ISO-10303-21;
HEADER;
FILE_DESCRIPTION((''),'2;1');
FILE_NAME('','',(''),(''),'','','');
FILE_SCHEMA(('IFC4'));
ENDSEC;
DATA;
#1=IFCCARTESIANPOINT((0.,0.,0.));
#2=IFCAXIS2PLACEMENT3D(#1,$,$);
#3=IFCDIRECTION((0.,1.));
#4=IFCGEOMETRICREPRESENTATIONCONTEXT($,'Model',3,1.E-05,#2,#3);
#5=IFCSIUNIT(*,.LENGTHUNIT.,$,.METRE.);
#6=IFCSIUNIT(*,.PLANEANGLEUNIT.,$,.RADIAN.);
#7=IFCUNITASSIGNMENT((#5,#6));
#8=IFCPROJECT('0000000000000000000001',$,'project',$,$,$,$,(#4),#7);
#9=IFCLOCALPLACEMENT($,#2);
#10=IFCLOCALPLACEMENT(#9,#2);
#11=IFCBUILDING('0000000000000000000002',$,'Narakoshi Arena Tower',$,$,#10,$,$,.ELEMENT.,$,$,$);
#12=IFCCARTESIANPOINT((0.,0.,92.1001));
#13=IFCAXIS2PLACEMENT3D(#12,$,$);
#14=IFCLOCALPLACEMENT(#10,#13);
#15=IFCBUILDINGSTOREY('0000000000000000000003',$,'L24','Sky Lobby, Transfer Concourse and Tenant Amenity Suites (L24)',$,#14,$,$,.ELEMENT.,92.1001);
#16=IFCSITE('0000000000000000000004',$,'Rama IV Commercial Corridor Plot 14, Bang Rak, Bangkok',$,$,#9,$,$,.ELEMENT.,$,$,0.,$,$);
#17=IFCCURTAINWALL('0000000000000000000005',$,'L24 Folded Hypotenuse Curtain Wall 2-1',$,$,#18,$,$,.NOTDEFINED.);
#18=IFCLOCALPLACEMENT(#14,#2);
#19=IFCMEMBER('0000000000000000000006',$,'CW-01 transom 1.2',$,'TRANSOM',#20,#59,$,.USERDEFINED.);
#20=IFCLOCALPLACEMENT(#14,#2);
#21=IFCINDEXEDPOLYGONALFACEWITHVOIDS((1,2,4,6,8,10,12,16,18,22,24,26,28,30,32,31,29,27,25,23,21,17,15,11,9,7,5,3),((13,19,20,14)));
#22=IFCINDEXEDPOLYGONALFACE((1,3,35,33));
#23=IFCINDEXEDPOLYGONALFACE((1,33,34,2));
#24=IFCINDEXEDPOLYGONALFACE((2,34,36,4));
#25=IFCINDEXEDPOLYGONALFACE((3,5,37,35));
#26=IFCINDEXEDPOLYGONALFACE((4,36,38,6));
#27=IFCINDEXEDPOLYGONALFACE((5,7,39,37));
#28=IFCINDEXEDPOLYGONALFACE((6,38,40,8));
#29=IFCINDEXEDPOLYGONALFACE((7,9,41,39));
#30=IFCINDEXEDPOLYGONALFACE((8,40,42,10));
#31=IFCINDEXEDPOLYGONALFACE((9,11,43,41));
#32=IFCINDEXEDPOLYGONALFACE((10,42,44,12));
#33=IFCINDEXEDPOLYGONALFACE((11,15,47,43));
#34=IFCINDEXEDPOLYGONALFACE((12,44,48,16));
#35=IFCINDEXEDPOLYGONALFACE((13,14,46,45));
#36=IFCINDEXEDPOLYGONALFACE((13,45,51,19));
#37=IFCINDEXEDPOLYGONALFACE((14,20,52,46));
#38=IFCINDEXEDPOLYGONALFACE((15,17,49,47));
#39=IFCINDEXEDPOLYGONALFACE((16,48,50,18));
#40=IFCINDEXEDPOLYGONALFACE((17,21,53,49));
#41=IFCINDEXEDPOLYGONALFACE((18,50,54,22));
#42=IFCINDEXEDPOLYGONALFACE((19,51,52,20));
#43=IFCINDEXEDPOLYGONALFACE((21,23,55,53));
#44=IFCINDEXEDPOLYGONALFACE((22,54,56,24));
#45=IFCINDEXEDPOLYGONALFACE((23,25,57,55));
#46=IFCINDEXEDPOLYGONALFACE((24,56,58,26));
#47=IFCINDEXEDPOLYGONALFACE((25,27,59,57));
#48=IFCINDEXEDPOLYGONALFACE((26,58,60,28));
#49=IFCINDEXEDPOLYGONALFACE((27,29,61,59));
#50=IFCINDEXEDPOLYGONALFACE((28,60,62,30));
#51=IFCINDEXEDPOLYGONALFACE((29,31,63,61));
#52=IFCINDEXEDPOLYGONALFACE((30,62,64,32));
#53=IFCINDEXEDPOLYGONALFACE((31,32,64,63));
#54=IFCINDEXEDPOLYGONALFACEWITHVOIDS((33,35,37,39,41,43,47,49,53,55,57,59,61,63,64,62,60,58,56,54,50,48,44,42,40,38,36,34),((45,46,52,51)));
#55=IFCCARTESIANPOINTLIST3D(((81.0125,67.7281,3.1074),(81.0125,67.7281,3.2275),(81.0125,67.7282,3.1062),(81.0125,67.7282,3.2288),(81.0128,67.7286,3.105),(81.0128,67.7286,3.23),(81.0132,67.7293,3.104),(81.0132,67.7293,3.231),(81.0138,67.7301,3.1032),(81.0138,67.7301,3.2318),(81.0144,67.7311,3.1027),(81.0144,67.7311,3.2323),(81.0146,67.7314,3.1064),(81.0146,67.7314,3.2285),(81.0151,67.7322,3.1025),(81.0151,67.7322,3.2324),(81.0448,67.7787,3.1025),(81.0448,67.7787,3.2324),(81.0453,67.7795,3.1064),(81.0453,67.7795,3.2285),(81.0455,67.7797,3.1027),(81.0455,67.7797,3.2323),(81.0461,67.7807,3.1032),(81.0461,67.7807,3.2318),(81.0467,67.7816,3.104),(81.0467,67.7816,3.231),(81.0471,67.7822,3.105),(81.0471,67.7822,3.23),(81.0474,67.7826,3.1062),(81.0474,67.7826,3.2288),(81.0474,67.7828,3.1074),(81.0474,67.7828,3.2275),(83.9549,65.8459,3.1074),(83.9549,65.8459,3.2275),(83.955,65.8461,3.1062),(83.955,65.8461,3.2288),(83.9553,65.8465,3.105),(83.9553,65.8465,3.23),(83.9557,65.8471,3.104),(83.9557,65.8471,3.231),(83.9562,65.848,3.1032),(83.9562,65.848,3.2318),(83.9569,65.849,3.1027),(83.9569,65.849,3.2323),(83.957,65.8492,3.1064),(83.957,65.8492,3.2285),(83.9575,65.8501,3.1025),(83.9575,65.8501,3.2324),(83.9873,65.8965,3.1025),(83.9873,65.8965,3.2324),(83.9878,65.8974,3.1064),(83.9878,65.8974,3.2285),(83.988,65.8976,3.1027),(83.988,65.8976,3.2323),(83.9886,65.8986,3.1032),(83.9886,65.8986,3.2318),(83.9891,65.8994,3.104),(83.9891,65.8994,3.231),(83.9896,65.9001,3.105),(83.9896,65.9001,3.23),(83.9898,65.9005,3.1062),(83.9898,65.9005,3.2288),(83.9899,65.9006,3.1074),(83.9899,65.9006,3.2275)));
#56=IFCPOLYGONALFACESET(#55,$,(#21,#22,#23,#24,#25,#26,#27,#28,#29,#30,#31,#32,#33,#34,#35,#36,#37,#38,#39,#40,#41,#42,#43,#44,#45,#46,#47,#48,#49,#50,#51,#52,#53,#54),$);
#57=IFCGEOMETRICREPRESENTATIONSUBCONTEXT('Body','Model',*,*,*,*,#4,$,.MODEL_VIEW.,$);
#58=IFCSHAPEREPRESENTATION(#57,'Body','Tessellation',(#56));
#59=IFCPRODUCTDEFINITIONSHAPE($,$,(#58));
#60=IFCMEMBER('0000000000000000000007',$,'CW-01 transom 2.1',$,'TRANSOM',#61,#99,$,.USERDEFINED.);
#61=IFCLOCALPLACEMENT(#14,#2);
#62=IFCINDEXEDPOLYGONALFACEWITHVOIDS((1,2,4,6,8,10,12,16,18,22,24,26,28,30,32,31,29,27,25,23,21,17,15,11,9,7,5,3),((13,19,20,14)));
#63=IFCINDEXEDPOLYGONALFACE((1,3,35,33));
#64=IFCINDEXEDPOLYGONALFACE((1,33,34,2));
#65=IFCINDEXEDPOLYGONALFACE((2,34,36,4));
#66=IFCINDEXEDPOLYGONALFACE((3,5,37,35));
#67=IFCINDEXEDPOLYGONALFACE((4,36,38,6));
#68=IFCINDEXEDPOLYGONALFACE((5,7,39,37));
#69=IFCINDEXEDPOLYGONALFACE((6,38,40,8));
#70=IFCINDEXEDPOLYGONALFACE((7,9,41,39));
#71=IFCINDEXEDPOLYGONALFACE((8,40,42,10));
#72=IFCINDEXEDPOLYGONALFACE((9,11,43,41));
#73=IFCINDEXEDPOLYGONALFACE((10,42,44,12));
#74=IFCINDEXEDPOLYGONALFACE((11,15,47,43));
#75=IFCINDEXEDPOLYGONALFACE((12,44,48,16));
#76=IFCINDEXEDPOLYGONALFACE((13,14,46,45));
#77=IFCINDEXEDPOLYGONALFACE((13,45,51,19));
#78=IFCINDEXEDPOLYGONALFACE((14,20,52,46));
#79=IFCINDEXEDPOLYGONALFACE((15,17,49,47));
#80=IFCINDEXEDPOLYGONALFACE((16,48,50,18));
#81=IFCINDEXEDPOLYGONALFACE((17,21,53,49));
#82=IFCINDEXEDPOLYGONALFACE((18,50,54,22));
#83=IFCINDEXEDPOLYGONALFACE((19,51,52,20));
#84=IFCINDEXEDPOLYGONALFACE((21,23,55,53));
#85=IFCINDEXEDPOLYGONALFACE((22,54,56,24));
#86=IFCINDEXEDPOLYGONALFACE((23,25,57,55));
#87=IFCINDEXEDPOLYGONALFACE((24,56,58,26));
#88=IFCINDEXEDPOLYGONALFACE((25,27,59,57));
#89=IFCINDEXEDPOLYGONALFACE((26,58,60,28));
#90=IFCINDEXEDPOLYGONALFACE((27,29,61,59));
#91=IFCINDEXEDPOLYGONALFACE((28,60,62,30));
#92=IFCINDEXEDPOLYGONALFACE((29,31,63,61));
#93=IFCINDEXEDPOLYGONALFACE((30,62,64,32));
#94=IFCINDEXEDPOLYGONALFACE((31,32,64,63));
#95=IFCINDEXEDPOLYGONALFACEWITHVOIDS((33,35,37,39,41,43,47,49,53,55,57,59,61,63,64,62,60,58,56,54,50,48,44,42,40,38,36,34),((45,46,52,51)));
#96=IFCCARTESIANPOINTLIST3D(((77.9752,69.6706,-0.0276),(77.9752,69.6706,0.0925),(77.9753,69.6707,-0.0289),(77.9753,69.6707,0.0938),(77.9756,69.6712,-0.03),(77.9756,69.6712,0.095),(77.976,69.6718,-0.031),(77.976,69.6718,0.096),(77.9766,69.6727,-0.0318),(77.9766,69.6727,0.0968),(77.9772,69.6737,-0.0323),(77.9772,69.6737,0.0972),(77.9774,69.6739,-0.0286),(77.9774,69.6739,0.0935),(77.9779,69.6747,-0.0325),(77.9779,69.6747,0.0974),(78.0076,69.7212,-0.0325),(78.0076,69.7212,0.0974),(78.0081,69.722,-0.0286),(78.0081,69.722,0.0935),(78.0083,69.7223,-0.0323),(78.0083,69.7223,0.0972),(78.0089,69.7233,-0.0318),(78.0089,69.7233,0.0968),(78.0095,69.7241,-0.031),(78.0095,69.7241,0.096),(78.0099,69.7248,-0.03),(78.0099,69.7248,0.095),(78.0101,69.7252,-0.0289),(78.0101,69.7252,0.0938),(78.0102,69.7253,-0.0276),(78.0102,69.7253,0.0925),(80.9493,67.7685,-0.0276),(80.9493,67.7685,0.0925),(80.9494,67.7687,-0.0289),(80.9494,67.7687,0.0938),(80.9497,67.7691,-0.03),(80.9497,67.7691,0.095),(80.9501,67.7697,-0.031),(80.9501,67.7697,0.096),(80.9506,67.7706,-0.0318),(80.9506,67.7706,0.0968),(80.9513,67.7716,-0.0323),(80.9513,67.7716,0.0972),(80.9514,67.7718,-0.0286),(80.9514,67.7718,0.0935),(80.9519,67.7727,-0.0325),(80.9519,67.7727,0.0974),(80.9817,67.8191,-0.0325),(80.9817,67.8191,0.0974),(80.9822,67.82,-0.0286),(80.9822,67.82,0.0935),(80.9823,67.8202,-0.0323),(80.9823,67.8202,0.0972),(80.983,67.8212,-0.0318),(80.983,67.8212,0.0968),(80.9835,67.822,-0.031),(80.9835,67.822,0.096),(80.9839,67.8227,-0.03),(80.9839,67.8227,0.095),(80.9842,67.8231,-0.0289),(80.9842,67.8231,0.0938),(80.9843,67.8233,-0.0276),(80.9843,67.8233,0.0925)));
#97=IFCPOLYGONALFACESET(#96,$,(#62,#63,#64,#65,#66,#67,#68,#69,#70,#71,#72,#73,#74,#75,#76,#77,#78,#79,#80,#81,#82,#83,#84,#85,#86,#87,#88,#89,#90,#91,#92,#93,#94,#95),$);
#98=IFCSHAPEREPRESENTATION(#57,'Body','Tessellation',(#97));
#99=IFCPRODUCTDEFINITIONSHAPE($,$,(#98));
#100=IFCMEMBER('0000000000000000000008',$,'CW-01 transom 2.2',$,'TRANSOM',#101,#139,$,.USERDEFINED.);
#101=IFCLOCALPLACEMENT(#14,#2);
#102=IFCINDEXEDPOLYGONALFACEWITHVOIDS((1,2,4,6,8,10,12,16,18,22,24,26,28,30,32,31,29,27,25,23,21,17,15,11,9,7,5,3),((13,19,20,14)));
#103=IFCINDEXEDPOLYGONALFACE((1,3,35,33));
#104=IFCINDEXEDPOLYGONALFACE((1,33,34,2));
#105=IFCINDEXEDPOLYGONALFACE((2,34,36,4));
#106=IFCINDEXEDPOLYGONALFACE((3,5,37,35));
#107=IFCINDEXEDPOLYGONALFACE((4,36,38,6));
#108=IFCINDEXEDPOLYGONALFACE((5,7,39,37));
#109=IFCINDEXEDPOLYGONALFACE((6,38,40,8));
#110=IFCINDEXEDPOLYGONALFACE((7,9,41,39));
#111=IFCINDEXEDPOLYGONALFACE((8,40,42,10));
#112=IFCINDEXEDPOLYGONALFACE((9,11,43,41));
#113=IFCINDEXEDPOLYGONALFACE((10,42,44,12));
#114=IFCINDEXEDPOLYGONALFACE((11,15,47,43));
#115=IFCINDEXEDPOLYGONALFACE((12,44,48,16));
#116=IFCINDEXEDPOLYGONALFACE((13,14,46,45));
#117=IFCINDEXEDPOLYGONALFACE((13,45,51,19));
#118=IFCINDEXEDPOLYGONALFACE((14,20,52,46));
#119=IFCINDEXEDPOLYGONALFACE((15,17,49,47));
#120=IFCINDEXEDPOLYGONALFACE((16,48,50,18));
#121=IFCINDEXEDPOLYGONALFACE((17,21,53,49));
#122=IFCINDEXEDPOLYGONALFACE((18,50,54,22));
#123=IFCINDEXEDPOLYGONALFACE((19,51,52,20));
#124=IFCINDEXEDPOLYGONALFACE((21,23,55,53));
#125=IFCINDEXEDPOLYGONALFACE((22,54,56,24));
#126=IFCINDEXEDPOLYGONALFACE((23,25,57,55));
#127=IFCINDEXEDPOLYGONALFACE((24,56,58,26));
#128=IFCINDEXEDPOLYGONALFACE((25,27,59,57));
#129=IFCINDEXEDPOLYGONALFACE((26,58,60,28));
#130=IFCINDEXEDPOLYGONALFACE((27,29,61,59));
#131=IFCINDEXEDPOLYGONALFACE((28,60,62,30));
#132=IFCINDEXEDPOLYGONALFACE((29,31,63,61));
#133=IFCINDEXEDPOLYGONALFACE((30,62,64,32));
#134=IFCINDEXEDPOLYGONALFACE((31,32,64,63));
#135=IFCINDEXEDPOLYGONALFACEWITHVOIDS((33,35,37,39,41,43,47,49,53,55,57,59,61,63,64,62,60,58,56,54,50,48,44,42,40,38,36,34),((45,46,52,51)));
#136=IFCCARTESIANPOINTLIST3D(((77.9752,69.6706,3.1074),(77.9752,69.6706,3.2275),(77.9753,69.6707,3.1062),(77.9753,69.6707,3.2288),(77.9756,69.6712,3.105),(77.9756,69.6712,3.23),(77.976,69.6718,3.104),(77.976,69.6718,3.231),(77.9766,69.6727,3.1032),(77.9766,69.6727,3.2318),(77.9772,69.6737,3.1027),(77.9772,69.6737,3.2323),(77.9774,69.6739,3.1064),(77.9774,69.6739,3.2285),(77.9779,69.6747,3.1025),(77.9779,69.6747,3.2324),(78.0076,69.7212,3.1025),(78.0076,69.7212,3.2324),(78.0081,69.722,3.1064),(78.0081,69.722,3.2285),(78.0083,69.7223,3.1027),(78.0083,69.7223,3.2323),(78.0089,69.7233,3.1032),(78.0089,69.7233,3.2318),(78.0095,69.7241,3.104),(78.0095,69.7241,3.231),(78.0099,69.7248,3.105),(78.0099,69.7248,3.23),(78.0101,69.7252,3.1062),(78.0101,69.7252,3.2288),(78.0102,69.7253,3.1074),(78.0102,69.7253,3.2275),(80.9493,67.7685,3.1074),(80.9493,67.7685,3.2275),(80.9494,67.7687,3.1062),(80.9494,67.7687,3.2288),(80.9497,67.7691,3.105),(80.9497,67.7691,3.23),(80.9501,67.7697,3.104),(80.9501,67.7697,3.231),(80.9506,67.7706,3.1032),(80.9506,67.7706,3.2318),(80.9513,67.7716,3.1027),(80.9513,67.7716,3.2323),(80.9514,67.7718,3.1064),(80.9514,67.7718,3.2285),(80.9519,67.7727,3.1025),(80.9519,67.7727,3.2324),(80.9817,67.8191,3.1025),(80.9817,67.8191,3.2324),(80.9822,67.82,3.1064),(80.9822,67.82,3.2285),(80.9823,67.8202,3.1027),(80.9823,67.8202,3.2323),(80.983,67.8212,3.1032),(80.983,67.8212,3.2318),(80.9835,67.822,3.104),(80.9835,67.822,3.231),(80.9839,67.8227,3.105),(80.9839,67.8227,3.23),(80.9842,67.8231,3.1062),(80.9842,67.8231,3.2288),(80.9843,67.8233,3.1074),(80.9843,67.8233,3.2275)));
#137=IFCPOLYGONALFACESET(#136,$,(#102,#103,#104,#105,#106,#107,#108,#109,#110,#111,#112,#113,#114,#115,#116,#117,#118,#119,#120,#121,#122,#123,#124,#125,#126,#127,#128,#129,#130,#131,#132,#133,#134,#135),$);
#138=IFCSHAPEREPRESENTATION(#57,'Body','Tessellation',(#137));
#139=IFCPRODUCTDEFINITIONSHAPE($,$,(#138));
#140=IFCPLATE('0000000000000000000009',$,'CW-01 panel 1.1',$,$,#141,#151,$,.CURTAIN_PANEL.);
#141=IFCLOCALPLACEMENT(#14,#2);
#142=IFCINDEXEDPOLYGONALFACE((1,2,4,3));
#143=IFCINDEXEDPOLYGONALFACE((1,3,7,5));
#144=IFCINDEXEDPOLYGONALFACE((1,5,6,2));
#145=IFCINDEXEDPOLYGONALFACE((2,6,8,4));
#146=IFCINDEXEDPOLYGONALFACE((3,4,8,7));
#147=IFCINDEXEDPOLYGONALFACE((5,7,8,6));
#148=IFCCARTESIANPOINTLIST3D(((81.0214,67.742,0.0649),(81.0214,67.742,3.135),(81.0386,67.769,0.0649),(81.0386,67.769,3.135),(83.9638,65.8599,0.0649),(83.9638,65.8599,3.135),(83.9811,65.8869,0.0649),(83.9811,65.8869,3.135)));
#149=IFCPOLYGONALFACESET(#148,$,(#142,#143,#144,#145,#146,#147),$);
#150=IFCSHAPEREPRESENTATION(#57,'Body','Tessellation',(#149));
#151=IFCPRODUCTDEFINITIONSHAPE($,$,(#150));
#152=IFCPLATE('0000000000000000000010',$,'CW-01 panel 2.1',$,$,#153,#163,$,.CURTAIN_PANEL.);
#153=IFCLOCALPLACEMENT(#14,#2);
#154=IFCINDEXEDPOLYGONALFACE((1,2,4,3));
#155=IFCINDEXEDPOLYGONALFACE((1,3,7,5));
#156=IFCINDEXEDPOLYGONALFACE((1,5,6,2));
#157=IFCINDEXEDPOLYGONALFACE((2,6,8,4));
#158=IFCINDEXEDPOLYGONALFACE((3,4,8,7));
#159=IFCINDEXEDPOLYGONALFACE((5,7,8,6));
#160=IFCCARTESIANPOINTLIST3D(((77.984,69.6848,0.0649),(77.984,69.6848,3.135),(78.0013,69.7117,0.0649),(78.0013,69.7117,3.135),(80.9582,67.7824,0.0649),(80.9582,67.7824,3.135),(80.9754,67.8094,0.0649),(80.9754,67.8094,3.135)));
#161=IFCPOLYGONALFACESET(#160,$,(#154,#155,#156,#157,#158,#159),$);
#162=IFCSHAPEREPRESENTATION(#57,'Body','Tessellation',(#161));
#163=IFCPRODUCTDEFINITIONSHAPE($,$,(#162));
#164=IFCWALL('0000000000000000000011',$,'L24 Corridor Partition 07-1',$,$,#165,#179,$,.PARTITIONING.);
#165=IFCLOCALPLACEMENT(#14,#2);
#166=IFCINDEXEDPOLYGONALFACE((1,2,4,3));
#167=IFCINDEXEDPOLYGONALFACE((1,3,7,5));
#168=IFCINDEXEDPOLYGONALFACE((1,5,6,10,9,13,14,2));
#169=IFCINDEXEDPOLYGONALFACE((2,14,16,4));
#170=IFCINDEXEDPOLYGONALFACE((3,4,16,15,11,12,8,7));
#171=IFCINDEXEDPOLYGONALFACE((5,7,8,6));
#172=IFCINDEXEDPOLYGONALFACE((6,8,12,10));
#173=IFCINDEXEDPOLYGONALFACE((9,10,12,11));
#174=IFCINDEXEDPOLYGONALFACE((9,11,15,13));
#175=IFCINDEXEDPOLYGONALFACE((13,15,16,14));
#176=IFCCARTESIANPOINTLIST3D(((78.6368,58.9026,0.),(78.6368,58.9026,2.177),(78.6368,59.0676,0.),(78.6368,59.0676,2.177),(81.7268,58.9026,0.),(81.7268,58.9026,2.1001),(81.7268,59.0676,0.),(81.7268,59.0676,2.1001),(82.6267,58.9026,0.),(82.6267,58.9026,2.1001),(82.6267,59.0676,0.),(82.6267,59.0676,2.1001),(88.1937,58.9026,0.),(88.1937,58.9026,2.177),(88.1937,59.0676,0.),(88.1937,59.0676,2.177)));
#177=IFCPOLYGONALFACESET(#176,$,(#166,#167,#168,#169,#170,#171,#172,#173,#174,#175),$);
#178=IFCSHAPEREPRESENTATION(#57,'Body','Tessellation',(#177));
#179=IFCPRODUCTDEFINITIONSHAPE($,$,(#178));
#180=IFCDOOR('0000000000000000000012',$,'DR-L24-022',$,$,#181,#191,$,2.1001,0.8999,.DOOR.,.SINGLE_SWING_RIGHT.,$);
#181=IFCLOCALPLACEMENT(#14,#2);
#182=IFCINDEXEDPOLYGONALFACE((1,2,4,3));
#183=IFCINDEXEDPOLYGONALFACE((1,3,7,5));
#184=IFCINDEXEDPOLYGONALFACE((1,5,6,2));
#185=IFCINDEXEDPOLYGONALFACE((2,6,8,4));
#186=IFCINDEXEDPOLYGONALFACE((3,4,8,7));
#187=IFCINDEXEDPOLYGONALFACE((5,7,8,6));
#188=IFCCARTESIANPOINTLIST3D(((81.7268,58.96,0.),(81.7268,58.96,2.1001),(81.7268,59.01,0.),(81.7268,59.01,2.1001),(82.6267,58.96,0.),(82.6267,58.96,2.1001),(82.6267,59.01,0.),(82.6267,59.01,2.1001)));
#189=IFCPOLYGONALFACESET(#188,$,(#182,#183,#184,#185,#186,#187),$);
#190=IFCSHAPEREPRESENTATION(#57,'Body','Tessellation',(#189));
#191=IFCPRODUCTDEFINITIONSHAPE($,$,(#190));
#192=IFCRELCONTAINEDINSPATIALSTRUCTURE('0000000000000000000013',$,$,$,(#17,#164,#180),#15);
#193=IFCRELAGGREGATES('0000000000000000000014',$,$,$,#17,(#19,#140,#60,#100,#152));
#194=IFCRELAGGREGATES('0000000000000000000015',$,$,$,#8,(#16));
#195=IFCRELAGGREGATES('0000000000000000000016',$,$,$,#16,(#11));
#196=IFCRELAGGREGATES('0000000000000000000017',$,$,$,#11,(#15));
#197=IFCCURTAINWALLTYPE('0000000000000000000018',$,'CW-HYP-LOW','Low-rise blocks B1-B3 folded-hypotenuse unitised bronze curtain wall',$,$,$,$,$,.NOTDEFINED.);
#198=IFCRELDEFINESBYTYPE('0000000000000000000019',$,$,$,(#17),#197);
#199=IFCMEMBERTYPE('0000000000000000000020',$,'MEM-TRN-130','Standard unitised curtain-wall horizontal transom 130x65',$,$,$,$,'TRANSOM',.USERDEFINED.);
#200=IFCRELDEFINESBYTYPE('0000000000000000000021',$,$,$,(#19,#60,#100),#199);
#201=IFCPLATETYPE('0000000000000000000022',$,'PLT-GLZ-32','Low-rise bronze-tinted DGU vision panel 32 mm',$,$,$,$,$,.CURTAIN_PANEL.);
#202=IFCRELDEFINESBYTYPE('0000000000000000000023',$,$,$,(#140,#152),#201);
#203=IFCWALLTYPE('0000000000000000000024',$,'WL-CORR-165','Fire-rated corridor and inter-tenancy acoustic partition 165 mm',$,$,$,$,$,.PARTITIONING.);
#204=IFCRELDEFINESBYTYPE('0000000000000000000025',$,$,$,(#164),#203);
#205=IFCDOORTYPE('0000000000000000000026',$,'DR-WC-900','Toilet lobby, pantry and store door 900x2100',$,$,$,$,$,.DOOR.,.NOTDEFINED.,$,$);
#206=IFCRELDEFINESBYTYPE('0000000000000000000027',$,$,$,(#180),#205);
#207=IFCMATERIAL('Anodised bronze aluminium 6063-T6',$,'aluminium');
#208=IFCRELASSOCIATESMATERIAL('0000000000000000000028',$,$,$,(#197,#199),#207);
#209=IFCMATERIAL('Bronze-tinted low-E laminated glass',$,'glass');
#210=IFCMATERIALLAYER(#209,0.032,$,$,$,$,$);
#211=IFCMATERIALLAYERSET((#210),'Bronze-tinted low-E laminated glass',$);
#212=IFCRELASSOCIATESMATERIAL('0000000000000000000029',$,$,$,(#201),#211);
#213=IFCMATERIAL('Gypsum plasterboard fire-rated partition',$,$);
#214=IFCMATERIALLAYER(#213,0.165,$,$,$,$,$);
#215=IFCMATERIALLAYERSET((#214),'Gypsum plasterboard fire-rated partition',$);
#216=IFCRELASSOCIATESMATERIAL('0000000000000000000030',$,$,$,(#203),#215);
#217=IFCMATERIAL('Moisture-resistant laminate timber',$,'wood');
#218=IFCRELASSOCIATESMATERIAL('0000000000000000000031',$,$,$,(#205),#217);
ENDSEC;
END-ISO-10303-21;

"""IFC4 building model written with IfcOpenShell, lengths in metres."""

from ifc_helpers import new_model, si_unit, direction, frame, frame_2d, origin, origin_2d, place, context, subcontext, project, spatial, rectangle, hollow_rectangle, extrude, material, layer, layer_set, material_profile, profile_set, type_object, element, fill, aggregate, save


model = new_model("IFC4")

# Units and contexts
model_context = context("Model", 3, precision=1e-05, world=origin(), true_north=direction((0.0, 1.0)))
body_context = subcontext(model_context, "Body", "Model", "MODEL_VIEW")
ifc_project = project(units=[si_unit("LENGTHUNIT", "METRE"), si_unit("PLANEANGLEUNIT", "RADIAN")], contexts=[model_context])

# Site, building, storey
site_placement = place(None, origin())
site = spatial("IfcSite", under=ifc_project, at=site_placement, Name="Rama IV Commercial Corridor Plot 14, Bang Rak, Bangkok", CompositionType="ELEMENT", RefElevation=0.0)
building_placement = place(site_placement, origin())
building = spatial("IfcBuilding", under=site, at=building_placement, Name="Narakoshi Arena Tower", CompositionType="ELEMENT")
storey_placement = place(building_placement, frame((0.0, 0.0, 92.1001)))
storey = spatial("IfcBuildingStorey", under=building, at=storey_placement, Name="L24", Description="Sky Lobby, Transfer Concourse and Tenant Amenity Suites (L24)", CompositionType="ELEMENT", Elevation=92.1001)

# Shared definitions
ifc_material_1 = material(Name="Anodised bronze aluminium 6063-T6", Category="aluminium")
curtain_wall_type = type_object("IfcCurtainWallType", Name="CW-HYP-LOW", Description="Low-rise blocks B1-B3 folded-hypotenuse unitised bronze curtain wall", PredefinedType="NOTDEFINED", material=ifc_material_1)

# Curtain wall, members, plates
curtain_wall_1_placement = place(storey_placement, origin())
curtain_wall_1 = element("IfcCurtainWall", 1, at=curtain_wall_1_placement, inside=storey, type_object=curtain_wall_type, Name="L24 Folded Hypotenuse Curtain Wall 2-1", PredefinedType="NOTDEFINED")
ifc_material_profile_1 = material_profile(ifc_material_1, hollow_rectangle(XDim=0.0649, YDim=0.1299, WallThickness=0.0039, OuterFilletRadius=0.0049, at=origin_2d()), Name="TRN130x65x4")
ifc_profile_set_1 = profile_set([ifc_material_profile_1], Name="Anodised bronze aluminium 6063-T6")
member_type_1 = type_object("IfcMemberType", Name="MEM-TRN-130", Description="Standard unitised curtain-wall horizontal transom 130x65", ElementType="TRANSOM", PredefinedType="USERDEFINED", material=ifc_profile_set_1)
member_1_placement = place(storey_placement, frame((83.9724, 65.8733, 3.1675), z_axis=(-0.842407, 0.538841, 0.0), x_axis=(-0.538841, -0.842407, 0.0)))
member_1 = element("IfcMember", 2, at=member_1_placement, type_object=member_type_1, Name="CW-01 transom 1.2", ObjectType="TRANSOM", PredefinedType="USERDEFINED", context=body_context, shape_type="SweptSolid", body=[
    extrude(hollow_rectangle(XDim=0.0649, YDim=0.1299, WallThickness=0.0039, OuterFilletRadius=0.0049, at=origin_2d()), origin(), (0.0, 0.0, 1.0), 3.4929),
])
member_2_placement = place(storey_placement, frame((80.9668, 67.7959, 0.0325), z_axis=(-0.842443, 0.538785, 0.0), x_axis=(-0.538785, -0.842443, 0.0)))
member_2 = element("IfcMember", 3, at=member_2_placement, type_object=member_type_1, Name="CW-01 transom 2.1", ObjectType="TRANSOM", PredefinedType="USERDEFINED", context=body_context, shape_type="SweptSolid", body=[
    extrude(hollow_rectangle(XDim=0.0649, YDim=0.1299, WallThickness=0.0039, OuterFilletRadius=0.0049, at=origin_2d()), origin(), (0.0, 0.0, 1.0), 3.5303),
])
member_3_placement = place(storey_placement, frame((80.9668, 67.7959, 3.1675), z_axis=(-0.842443, 0.538785, 0.0), x_axis=(-0.538785, -0.842443, 0.0)))
member_3 = element("IfcMember", 4, at=member_3_placement, type_object=member_type_1, Name="CW-01 transom 2.2", ObjectType="TRANSOM", PredefinedType="USERDEFINED", context=body_context, shape_type="SweptSolid", body=[
    extrude(hollow_rectangle(XDim=0.0649, YDim=0.1299, WallThickness=0.0039, OuterFilletRadius=0.0049, at=origin_2d()), origin(), (0.0, 0.0, 1.0), 3.5303),
])
ifc_material_2 = material(Name="Bronze-tinted low-E laminated glass", Category="glass")
ifc_layer_1 = layer(ifc_material_2, 0.032)
ifc_layer_set_1 = layer_set([ifc_layer_1], Name="Bronze-tinted low-E laminated glass")
plate_type = type_object("IfcPlateType", Name="PLT-GLZ-32", Description="Low-rise bronze-tinted DGU vision panel 32 mm", PredefinedType="CURTAIN_PANEL", material=ifc_layer_set_1)
plate_1_placement = place(storey_placement, frame((82.5012, 66.8145, 0.0649), z_axis=(0.0, 0.0, 1.0), x_axis=(-0.842414, 0.538831, 0.0)))
plate_1 = element("IfcPlate", 5, at=plate_1_placement, type_object=plate_type, Name="CW-01 panel 1.1", PredefinedType="CURTAIN_PANEL", context=body_context, shape_type="SweptSolid", body=[
    extrude(rectangle(XDim=3.4929, YDim=0.032, at=origin_2d()), origin(), (0.0, 0.0, 1.0), 3.0701),
])
plate_2_placement = place(storey_placement, frame((79.4797, 68.7471, 0.0649), z_axis=(0.0, 0.0, 1.0), x_axis=(-0.842414, 0.538831, 0.0)))
plate_2 = element("IfcPlate", 6, at=plate_2_placement, type_object=plate_type, Name="CW-01 panel 2.1", PredefinedType="CURTAIN_PANEL", context=body_context, shape_type="SweptSolid", body=[
    extrude(rectangle(XDim=3.5305, YDim=0.032, at=origin_2d()), origin(), (0.0, 0.0, 1.0), 3.0701),
])
aggregate(curtain_wall_1, [member_1, plate_1, member_2, member_3, plate_2])

# Wall, opening, door
ifc_material_3 = material(Name="Gypsum plasterboard fire-rated partition")
ifc_layer_2 = layer(ifc_material_3, 0.165)
ifc_layer_set_2 = layer_set([ifc_layer_2], Name="Gypsum plasterboard fire-rated partition")
wall_type_1 = type_object("IfcWallType", Name="WL-CORR-165", Description="Fire-rated corridor and inter-tenancy acoustic partition 165 mm", PredefinedType="PARTITIONING", material=ifc_layer_set_2)
wall_1_placement = place(storey_placement, frame((88.1936, 58.9851, 0.0), z_axis=(0.0, 0.0, 1.0), x_axis=(-1.0, 0.0, 0.0)))
wall_1 = element("IfcWall", 7, at=wall_1_placement, inside=storey, type_object=wall_type_1, Name="L24 Corridor Partition 07-1", PredefinedType="PARTITIONING", context=body_context, shape_type="SweptSolid", body=[
    extrude(rectangle(XDim=9.5569, YDim=0.165, at=frame_2d((4.7783, 0.0))), origin(), (0.0, 0.0, 1.0), 2.177),
])
opening_placement = place(wall_1_placement, frame((5.5669, 0.0, 0.0)))
opening = element("IfcOpeningElement", 8, at=opening_placement, cuts=wall_1, PredefinedType="OPENING", context=body_context, shape_type="SweptSolid", body=[
    extrude(rectangle(XDim=0.8999, YDim=2.1001, at=frame_2d((0.45, 1.05))), frame((0.0, 0.0925, 0.0), z_axis=(0.0, -1.0, 0.0), x_axis=(1.0, 0.0, 0.0)), (0.0, 0.0, 1.0), 0.1851),
])
ifc_material_4 = material(Name="Moisture-resistant laminate timber", Category="wood")
door_type = type_object("IfcDoorType", Name="DR-WC-900", Description="Toilet lobby, pantry and store door 900x2100", OperationType="NOTDEFINED", PredefinedType="DOOR", material=ifc_material_4)
door_placement = place(opening_placement, frame((0.8999, 0.0, 0.0), z_axis=(0.0, 0.0, 1.0), x_axis=(-1.0, 0.0, 0.0)))
door = element("IfcDoor", 9, at=door_placement, inside=storey, type_object=door_type, Name="DR-L24-022", OperationType="SINGLE_SWING_RIGHT", OverallHeight=2.1001, OverallWidth=0.8999, PredefinedType="DOOR", context=body_context, shape_type="SweptSolid", body=[
    extrude(rectangle(XDim=0.8999, YDim=2.1001, at=frame_2d((0.45, 1.05))), frame((0.0, 0.0249, 0.0), z_axis=(0.0, -1.0, 0.0), x_axis=(1.0, 0.0, 0.0)), (0.0, 0.0, 1.0), 0.05),
])
fill(opening, door)

save(model, "model.ifc")
